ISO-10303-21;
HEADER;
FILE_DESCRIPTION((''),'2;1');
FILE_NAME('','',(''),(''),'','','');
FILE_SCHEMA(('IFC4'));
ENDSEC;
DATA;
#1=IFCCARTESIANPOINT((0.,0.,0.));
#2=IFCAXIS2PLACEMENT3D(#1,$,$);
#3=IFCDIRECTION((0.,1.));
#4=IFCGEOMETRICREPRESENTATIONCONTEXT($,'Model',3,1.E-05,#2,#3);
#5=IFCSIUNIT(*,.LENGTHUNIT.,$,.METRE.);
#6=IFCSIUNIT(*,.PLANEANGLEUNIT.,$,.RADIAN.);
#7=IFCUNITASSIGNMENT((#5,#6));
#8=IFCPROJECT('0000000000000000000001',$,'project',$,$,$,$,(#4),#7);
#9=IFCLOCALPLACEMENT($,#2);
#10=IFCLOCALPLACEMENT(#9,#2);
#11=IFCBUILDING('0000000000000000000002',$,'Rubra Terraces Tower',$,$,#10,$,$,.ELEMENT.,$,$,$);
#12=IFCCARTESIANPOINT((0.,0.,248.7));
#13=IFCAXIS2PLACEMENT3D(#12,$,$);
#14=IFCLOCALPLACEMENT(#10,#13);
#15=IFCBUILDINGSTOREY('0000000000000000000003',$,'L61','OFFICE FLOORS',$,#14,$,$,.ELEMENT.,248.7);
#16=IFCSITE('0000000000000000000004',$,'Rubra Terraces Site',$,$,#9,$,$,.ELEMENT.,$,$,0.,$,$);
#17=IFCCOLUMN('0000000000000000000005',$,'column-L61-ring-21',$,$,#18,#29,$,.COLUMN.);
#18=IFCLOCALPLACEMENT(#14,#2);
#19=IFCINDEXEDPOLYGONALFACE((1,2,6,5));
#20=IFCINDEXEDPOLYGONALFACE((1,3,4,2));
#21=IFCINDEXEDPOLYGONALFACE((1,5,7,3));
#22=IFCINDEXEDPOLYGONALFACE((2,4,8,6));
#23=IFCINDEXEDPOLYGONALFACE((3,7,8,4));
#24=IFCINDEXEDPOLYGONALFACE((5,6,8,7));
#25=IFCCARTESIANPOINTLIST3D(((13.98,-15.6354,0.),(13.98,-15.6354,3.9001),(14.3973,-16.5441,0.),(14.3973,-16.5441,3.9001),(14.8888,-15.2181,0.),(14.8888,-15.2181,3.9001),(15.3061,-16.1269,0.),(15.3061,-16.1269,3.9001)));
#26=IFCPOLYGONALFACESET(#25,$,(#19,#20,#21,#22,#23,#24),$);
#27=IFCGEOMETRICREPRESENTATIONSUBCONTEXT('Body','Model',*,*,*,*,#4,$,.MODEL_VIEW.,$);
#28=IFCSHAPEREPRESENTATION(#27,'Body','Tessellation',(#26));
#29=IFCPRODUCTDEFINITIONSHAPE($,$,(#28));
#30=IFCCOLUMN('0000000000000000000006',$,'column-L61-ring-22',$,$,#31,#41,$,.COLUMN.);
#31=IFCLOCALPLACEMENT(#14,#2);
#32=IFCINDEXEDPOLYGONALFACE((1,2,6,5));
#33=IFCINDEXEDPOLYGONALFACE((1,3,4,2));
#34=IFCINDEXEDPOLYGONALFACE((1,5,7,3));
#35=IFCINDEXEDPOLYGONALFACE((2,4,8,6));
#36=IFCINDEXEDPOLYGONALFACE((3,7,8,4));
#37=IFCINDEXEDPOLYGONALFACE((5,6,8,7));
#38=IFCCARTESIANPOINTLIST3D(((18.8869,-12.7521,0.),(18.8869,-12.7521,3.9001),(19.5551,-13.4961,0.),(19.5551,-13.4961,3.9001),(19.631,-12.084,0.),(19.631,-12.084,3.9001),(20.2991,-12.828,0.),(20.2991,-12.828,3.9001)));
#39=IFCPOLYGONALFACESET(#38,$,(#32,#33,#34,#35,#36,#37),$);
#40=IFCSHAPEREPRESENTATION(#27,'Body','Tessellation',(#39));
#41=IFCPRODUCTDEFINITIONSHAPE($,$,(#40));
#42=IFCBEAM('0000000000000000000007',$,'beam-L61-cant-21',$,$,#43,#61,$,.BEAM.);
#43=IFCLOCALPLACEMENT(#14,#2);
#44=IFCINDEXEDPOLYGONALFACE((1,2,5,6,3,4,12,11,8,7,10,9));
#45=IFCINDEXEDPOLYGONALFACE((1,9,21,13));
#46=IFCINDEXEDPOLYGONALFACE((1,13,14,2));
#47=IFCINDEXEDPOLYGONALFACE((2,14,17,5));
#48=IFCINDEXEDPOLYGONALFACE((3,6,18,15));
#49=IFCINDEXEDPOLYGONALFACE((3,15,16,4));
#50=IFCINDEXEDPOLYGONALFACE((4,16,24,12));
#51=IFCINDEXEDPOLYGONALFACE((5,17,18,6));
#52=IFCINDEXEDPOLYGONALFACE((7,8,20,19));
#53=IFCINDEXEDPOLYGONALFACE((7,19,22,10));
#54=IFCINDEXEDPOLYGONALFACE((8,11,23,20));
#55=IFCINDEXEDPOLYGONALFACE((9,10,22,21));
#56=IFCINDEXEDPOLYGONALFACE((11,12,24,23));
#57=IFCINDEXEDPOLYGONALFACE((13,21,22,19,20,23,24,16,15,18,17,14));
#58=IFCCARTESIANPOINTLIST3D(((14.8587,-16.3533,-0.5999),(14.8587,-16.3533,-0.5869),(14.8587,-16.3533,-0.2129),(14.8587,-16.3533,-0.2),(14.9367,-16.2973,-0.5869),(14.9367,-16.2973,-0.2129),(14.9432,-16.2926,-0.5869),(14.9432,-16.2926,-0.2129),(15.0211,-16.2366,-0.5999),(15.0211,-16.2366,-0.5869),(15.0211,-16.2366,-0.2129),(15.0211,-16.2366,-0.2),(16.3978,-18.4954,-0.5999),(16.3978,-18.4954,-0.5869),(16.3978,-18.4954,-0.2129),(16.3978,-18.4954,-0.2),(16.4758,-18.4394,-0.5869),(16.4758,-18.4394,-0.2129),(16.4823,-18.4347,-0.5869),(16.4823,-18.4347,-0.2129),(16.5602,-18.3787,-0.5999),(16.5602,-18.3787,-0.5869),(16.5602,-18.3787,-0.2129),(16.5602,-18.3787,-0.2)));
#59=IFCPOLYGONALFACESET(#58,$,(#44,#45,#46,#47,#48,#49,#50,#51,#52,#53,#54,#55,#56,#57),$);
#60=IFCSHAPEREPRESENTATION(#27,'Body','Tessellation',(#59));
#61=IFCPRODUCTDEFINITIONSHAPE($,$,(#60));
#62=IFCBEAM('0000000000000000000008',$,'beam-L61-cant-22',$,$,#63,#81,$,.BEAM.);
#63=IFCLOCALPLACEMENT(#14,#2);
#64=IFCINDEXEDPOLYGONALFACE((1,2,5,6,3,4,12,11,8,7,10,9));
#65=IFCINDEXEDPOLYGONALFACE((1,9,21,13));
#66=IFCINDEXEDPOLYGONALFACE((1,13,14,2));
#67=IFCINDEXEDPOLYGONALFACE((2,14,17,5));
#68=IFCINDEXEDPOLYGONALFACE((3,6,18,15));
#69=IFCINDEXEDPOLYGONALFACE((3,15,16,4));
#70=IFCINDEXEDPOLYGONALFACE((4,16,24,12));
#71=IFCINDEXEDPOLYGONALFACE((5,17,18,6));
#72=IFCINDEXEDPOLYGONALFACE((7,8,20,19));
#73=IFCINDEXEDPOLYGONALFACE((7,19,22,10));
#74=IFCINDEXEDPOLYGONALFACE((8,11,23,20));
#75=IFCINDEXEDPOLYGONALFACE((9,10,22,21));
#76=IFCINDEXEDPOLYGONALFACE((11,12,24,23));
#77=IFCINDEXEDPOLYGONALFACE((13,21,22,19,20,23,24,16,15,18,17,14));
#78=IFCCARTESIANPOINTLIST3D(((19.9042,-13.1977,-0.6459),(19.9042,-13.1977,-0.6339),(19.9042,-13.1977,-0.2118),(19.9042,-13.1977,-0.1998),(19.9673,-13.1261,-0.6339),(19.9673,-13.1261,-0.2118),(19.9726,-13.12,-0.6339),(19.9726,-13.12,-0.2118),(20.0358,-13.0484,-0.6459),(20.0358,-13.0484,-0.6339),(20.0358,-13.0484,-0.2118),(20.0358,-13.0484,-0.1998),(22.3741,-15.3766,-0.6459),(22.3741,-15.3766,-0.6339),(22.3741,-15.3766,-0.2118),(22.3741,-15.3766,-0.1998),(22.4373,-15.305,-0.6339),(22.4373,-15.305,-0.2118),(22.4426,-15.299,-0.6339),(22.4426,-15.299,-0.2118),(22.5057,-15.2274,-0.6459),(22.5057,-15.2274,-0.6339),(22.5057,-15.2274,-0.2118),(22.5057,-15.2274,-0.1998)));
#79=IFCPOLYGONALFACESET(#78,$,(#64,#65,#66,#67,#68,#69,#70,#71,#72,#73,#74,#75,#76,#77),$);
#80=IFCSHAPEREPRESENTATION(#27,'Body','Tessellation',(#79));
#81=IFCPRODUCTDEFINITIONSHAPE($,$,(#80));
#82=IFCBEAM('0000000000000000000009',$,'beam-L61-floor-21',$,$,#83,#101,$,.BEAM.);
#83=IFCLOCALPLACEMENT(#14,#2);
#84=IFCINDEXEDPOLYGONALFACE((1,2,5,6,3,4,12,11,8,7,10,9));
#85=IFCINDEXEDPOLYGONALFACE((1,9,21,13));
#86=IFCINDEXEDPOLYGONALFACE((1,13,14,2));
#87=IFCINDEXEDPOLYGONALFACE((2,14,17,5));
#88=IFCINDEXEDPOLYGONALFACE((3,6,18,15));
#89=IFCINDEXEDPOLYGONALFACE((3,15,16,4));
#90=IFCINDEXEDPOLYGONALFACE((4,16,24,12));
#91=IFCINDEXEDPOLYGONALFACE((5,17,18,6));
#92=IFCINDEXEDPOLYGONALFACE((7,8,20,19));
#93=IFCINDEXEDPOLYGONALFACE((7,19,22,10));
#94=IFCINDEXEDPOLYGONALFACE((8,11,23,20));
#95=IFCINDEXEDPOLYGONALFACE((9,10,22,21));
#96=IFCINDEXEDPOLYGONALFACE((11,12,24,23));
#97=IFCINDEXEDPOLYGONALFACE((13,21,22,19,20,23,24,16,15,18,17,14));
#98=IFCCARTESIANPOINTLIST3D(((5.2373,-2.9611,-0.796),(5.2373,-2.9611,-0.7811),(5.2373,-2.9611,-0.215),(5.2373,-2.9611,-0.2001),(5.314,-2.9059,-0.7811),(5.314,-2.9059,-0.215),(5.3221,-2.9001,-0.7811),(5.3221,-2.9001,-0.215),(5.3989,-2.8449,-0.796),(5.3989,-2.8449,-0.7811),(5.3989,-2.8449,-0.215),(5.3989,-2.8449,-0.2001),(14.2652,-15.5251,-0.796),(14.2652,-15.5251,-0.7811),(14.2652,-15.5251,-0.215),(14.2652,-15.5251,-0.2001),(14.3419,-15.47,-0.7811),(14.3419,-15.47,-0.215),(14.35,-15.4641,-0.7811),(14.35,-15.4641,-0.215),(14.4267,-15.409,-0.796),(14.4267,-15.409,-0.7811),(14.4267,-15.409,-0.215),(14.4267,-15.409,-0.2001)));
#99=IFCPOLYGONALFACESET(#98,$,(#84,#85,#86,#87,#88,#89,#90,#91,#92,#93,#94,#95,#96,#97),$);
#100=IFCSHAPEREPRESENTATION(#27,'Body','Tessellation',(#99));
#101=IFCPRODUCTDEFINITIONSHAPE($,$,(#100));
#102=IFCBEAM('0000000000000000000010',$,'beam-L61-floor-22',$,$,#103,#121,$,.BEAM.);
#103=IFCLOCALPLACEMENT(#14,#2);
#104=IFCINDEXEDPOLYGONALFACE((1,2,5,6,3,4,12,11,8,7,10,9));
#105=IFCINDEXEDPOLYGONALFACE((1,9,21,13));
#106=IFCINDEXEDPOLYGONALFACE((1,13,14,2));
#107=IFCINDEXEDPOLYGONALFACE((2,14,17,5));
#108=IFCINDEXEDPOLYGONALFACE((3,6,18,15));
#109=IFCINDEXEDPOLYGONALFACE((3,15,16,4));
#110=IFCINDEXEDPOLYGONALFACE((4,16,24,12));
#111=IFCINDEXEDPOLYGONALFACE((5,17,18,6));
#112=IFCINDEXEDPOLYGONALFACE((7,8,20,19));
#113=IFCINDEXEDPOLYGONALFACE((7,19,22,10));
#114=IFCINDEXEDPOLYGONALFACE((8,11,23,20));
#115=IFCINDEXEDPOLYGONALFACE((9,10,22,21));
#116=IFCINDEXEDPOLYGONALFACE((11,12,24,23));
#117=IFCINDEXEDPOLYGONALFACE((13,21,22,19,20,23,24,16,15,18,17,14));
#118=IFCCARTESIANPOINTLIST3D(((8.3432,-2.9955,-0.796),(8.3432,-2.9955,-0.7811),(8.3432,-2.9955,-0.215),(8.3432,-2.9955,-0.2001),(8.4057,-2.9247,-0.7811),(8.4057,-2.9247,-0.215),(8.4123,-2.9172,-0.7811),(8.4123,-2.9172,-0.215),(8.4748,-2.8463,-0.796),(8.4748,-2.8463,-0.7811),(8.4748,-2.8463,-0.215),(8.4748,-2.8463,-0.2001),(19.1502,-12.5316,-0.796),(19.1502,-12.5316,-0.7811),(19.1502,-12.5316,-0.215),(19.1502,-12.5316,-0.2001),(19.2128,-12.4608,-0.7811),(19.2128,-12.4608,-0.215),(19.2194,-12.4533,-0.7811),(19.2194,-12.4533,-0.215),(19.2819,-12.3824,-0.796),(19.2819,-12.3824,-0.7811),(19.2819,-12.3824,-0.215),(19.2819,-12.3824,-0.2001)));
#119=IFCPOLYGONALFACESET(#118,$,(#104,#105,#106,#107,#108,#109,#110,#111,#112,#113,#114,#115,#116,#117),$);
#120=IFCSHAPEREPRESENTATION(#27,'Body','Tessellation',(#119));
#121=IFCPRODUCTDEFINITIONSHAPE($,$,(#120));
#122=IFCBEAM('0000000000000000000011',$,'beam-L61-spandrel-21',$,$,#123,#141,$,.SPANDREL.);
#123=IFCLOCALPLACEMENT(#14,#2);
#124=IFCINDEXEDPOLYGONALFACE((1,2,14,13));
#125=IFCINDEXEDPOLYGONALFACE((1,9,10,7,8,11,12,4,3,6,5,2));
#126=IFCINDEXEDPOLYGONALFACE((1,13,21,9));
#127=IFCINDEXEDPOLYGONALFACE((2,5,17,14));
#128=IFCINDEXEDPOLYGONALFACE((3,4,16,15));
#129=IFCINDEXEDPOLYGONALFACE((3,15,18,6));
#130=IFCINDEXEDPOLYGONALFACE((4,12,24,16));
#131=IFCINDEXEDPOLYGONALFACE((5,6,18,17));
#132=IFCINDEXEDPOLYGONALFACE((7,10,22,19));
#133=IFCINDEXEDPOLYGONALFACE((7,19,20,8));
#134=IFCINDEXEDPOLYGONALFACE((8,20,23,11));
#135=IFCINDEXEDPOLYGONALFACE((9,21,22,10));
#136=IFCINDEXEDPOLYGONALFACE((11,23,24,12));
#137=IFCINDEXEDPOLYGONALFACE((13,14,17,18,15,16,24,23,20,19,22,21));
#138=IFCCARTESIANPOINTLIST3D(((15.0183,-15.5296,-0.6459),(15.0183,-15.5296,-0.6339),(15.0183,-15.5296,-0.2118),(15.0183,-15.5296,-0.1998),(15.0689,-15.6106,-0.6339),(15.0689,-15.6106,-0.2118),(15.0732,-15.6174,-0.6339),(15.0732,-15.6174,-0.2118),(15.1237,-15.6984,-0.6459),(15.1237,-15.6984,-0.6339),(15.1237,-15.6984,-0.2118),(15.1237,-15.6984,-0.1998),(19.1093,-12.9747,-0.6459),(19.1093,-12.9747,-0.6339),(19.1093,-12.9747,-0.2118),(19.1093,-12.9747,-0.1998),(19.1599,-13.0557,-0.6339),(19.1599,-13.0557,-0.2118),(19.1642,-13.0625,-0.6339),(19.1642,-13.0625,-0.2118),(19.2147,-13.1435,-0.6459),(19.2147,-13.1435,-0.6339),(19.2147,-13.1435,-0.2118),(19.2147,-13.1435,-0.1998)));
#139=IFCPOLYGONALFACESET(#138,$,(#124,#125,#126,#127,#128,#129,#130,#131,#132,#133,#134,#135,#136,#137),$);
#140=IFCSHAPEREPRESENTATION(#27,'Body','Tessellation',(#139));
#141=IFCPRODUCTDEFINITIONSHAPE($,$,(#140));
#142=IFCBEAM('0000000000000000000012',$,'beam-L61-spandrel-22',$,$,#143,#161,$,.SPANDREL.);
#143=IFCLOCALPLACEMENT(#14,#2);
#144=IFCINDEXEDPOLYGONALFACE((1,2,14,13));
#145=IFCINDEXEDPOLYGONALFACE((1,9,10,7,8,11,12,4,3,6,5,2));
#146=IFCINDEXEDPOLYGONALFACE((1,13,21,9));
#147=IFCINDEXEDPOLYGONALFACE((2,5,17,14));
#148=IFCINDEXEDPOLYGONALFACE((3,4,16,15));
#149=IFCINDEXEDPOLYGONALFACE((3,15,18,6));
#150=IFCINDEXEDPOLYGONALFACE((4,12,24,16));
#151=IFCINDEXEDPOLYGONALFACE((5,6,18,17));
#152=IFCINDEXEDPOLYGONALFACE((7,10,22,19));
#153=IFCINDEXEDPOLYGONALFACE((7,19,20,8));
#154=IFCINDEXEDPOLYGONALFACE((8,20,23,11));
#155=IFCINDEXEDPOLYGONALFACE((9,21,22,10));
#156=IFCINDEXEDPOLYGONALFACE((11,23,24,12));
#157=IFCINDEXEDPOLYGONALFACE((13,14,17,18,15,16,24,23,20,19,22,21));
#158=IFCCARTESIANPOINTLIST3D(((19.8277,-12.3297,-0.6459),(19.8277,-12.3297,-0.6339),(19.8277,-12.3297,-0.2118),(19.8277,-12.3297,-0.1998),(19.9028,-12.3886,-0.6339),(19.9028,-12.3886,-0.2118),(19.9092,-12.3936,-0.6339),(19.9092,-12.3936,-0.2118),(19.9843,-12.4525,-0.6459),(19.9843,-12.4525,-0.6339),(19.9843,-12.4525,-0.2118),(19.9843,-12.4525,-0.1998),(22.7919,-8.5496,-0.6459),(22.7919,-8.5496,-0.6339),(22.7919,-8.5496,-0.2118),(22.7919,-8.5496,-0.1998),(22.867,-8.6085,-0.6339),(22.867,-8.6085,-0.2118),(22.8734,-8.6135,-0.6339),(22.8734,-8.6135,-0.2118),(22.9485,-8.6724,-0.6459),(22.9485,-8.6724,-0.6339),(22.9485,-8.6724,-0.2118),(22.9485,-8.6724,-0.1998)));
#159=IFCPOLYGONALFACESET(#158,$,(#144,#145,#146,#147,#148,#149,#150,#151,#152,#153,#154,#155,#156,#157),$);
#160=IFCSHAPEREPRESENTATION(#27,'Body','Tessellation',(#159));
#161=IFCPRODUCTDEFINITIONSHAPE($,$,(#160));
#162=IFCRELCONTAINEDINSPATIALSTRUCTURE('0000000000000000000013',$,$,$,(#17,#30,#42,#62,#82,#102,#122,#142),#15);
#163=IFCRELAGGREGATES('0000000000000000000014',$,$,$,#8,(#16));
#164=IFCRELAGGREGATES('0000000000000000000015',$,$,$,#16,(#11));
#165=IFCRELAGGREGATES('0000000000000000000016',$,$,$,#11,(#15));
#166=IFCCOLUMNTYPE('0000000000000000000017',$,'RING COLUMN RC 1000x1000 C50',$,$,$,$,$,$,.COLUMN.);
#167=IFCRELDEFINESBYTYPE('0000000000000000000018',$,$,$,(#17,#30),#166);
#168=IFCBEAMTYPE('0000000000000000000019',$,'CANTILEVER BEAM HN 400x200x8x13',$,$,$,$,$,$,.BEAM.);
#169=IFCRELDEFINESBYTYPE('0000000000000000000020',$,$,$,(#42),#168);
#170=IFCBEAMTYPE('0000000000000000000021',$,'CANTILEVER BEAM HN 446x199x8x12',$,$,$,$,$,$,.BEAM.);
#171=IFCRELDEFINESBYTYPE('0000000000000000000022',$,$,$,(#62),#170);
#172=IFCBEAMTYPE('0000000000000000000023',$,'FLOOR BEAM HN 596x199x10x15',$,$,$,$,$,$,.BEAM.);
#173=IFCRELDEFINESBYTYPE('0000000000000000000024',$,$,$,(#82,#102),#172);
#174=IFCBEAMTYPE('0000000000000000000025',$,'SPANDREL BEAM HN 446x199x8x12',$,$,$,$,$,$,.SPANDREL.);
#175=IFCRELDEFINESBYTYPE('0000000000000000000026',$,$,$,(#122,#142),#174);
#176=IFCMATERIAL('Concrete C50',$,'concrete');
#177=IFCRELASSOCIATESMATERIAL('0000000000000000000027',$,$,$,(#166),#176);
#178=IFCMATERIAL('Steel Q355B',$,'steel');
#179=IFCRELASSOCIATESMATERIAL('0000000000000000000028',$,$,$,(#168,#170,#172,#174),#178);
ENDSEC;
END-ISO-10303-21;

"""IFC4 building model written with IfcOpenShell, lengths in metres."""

from ifc_helpers import new_model, si_unit, direction, frame, origin, origin_2d, place, context, subcontext, project, spatial, rectangle, i_section, extrude, material, material_profile, profile_set, type_object, element, save


model = new_model("IFC4")

# Units and contexts
model_context = context("Model", 3, precision=1e-05, world=origin(), true_north=direction((0.0, 1.0)))
body_context = subcontext(model_context, "Body", "Model", "MODEL_VIEW")
ifc_project = project(units=[si_unit("LENGTHUNIT", "METRE"), si_unit("PLANEANGLEUNIT", "RADIAN")], contexts=[model_context])

# Site, building, storey
site_placement = place(None, origin())
site = spatial("IfcSite", under=ifc_project, at=site_placement, Name="Rubra Terraces Site", CompositionType="ELEMENT", RefElevation=0.0)
building_placement = place(site_placement, origin())
building = spatial("IfcBuilding", under=site, at=building_placement, Name="Rubra Terraces Tower", CompositionType="ELEMENT")
storey_placement = place(building_placement, frame((0.0, 0.0, 248.7)))
storey = spatial("IfcBuildingStorey", under=building, at=storey_placement, Name="L61", Description="OFFICE FLOORS", CompositionType="ELEMENT", Elevation=248.7)

# Columns
ifc_material_1 = material(Name="Concrete C50", Category="concrete")
ifc_material_profile_1 = material_profile(ifc_material_1, rectangle(XDim=1.0, YDim=1.0, at=origin_2d()), Name="RC 1000x1000")
ifc_profile_set_1 = profile_set([ifc_material_profile_1], Name="Concrete C50")
column_type = type_object("IfcColumnType", Name="RING COLUMN RC 1000x1000 C50", PredefinedType="COLUMN", material=ifc_profile_set_1)
for number, where, z_axis, x_axis, name in (
    (1, (14.6431, -15.8811, 0.0), (0.0, 0.0, 1.0), (0.908779, 0.417279, 0.0), "column-L61-ring-21"),
    (2, (19.593, -12.79, 0.0), (0.0, 0.0, 1.0), (0.744021, 0.668156, 0.0), "column-L61-ring-22"),
):
    element("IfcColumn", number, at=place(storey_placement, frame(where, z_axis=z_axis, x_axis=x_axis)), inside=storey, type_object=column_type, Name=name, PredefinedType="COLUMN", context=body_context, shape_type="SweptSolid", body=[
        extrude(rectangle(XDim=1.0, YDim=1.0, at=origin_2d()), origin(), (0.0, 0.0, 1.0), 3.9001),
    ])

# Beams
ifc_material_2 = material(Name="Steel Q355B", Category="steel")
ifc_material_profile_2 = material_profile(ifc_material_2, i_section(OverallWidth=0.2, OverallDepth=0.3999, WebThickness=0.0081, FlangeThickness=0.0129, at=origin_2d()), Name="HN 400x200x8x13")
ifc_profile_set_2 = profile_set([ifc_material_profile_2], Name="Steel Q355B")
beam_type_1 = type_object("IfcBeamType", Name="CANTILEVER BEAM HN 400x200x8x13", PredefinedType="BEAM", material=ifc_profile_set_2)
beam_1_placement = place(storey_placement, frame((14.9399, -16.2949, -0.3999), z_axis=(0.583495, -0.812117, 0.0), x_axis=(0.812117, 0.583495, 0.0)))
element("IfcBeam", 3, at=beam_1_placement, inside=storey, type_object=beam_type_1, Name="beam-L61-cant-21", PredefinedType="BEAM", context=body_context, shape_type="SweptSolid", body=[
    extrude(i_section(OverallWidth=0.2, OverallDepth=0.3999, WebThickness=0.0081, FlangeThickness=0.0129, at=origin_2d()), origin(), (0.0, 0.0, 1.0), 2.6377),
])
ifc_material_profile_3 = material_profile(ifc_material_2, i_section(OverallWidth=0.199, OverallDepth=0.446, WebThickness=0.0081, FlangeThickness=0.012, at=origin_2d()), Name="HN 446x199x8x12")
ifc_profile_set_3 = profile_set([ifc_material_profile_3], Name="Steel Q355B")
beam_type_2 = type_object("IfcBeamType", Name="CANTILEVER BEAM HN 446x199x8x12", PredefinedType="BEAM", material=ifc_profile_set_3)
beam_2_placement = place(storey_placement, frame((19.97, -13.123, -0.4229), z_axis=(0.749903, -0.661548, 0.0), x_axis=(0.661548, 0.749903, 0.0)))
element("IfcBeam", 4, at=beam_2_placement, inside=storey, type_object=beam_type_2, Name="beam-L61-cant-22", PredefinedType="BEAM", context=body_context, shape_type="SweptSolid", body=[
    extrude(i_section(OverallWidth=0.199, OverallDepth=0.446, WebThickness=0.0081, FlangeThickness=0.012, at=origin_2d()), origin(), (0.0, 0.0, 1.0), 3.2937),
])
ifc_material_profile_4 = material_profile(ifc_material_2, i_section(OverallWidth=0.199, OverallDepth=0.5959, WebThickness=0.01, FlangeThickness=0.0149, at=origin_2d()), Name="HN 596x199x10x15")
ifc_profile_set_4 = profile_set([ifc_material_profile_4], Name="Steel Q355B")
beam_type_3 = type_object("IfcBeamType", Name="FLOOR BEAM HN 596x199x10x15", PredefinedType="BEAM", material=ifc_profile_set_4)
beam_3_placement = place(storey_placement, frame((14.3459, -15.467, -0.498), z_axis=(-0.583529, 0.812092, 0.0), x_axis=(-0.812092, -0.583529, 0.0)))
element("IfcBeam", 5, at=beam_3_placement, inside=storey, type_object=beam_type_3, Name="beam-L61-floor-21", PredefinedType="BEAM", context=body_context, shape_type="SweptSolid", body=[
    extrude(i_section(OverallWidth=0.199, OverallDepth=0.5959, WebThickness=0.01, FlangeThickness=0.0149, at=origin_2d()), origin(), (0.0, 0.0, 1.0), 15.4712),
])
beam_4_placement = place(storey_placement, frame((19.2161, -12.457, -0.498), z_axis=(-0.749823, 0.661638, 0.0), x_axis=(-0.661638, -0.749823, 0.0)))
element("IfcBeam", 6, at=beam_4_placement, inside=storey, type_object=beam_type_3, Name="beam-L61-floor-22", PredefinedType="BEAM", context=body_context, shape_type="SweptSolid", body=[
    extrude(i_section(OverallWidth=0.199, OverallDepth=0.5959, WebThickness=0.01, FlangeThickness=0.0149, at=origin_2d()), origin(), (0.0, 0.0, 1.0), 14.4128),
])
ifc_material_profile_5 = material_profile(ifc_material_2, i_section(OverallWidth=0.199, OverallDepth=0.446, WebThickness=0.0081, FlangeThickness=0.012, at=origin_2d()), Name="HN 446x199x8x12")
ifc_profile_set_5 = profile_set([ifc_material_profile_5], Name="Steel Q355B")
beam_type_4 = type_object("IfcBeamType", Name="SPANDREL BEAM HN 446x199x8x12", PredefinedType="SPANDREL", material=ifc_profile_set_5)
beam_5_placement = place(storey_placement, frame((15.071, -15.614, -0.4229), z_axis=(0.848183, 0.529703, 0.0), x_axis=(-0.529703, 0.848183, 0.0)))
element("IfcBeam", 7, at=beam_5_placement, inside=storey, type_object=beam_type_4, Name="beam-L61-spandrel-21", PredefinedType="SPANDREL", context=body_context, shape_type="SweptSolid", body=[
    extrude(i_section(OverallWidth=0.199, OverallDepth=0.446, WebThickness=0.0081, FlangeThickness=0.012, at=origin_2d()), origin(), (0.0, 0.0, 1.0), 4.8232),
])
beam_6_placement = place(storey_placement, frame((19.906, -12.3911, -0.4229), z_axis=(0.61706, 0.786916, 0.0), x_axis=(-0.786916, 0.61706, 0.0)))
element("IfcBeam", 8, at=beam_6_placement, inside=storey, type_object=beam_type_4, Name="beam-L61-spandrel-22", PredefinedType="SPANDREL", context=body_context, shape_type="SweptSolid", body=[
    extrude(i_section(OverallWidth=0.199, OverallDepth=0.446, WebThickness=0.0081, FlangeThickness=0.012, at=origin_2d()), origin(), (0.0, 0.0, 1.0), 4.8037),
])

save(model, "model.ifc")
